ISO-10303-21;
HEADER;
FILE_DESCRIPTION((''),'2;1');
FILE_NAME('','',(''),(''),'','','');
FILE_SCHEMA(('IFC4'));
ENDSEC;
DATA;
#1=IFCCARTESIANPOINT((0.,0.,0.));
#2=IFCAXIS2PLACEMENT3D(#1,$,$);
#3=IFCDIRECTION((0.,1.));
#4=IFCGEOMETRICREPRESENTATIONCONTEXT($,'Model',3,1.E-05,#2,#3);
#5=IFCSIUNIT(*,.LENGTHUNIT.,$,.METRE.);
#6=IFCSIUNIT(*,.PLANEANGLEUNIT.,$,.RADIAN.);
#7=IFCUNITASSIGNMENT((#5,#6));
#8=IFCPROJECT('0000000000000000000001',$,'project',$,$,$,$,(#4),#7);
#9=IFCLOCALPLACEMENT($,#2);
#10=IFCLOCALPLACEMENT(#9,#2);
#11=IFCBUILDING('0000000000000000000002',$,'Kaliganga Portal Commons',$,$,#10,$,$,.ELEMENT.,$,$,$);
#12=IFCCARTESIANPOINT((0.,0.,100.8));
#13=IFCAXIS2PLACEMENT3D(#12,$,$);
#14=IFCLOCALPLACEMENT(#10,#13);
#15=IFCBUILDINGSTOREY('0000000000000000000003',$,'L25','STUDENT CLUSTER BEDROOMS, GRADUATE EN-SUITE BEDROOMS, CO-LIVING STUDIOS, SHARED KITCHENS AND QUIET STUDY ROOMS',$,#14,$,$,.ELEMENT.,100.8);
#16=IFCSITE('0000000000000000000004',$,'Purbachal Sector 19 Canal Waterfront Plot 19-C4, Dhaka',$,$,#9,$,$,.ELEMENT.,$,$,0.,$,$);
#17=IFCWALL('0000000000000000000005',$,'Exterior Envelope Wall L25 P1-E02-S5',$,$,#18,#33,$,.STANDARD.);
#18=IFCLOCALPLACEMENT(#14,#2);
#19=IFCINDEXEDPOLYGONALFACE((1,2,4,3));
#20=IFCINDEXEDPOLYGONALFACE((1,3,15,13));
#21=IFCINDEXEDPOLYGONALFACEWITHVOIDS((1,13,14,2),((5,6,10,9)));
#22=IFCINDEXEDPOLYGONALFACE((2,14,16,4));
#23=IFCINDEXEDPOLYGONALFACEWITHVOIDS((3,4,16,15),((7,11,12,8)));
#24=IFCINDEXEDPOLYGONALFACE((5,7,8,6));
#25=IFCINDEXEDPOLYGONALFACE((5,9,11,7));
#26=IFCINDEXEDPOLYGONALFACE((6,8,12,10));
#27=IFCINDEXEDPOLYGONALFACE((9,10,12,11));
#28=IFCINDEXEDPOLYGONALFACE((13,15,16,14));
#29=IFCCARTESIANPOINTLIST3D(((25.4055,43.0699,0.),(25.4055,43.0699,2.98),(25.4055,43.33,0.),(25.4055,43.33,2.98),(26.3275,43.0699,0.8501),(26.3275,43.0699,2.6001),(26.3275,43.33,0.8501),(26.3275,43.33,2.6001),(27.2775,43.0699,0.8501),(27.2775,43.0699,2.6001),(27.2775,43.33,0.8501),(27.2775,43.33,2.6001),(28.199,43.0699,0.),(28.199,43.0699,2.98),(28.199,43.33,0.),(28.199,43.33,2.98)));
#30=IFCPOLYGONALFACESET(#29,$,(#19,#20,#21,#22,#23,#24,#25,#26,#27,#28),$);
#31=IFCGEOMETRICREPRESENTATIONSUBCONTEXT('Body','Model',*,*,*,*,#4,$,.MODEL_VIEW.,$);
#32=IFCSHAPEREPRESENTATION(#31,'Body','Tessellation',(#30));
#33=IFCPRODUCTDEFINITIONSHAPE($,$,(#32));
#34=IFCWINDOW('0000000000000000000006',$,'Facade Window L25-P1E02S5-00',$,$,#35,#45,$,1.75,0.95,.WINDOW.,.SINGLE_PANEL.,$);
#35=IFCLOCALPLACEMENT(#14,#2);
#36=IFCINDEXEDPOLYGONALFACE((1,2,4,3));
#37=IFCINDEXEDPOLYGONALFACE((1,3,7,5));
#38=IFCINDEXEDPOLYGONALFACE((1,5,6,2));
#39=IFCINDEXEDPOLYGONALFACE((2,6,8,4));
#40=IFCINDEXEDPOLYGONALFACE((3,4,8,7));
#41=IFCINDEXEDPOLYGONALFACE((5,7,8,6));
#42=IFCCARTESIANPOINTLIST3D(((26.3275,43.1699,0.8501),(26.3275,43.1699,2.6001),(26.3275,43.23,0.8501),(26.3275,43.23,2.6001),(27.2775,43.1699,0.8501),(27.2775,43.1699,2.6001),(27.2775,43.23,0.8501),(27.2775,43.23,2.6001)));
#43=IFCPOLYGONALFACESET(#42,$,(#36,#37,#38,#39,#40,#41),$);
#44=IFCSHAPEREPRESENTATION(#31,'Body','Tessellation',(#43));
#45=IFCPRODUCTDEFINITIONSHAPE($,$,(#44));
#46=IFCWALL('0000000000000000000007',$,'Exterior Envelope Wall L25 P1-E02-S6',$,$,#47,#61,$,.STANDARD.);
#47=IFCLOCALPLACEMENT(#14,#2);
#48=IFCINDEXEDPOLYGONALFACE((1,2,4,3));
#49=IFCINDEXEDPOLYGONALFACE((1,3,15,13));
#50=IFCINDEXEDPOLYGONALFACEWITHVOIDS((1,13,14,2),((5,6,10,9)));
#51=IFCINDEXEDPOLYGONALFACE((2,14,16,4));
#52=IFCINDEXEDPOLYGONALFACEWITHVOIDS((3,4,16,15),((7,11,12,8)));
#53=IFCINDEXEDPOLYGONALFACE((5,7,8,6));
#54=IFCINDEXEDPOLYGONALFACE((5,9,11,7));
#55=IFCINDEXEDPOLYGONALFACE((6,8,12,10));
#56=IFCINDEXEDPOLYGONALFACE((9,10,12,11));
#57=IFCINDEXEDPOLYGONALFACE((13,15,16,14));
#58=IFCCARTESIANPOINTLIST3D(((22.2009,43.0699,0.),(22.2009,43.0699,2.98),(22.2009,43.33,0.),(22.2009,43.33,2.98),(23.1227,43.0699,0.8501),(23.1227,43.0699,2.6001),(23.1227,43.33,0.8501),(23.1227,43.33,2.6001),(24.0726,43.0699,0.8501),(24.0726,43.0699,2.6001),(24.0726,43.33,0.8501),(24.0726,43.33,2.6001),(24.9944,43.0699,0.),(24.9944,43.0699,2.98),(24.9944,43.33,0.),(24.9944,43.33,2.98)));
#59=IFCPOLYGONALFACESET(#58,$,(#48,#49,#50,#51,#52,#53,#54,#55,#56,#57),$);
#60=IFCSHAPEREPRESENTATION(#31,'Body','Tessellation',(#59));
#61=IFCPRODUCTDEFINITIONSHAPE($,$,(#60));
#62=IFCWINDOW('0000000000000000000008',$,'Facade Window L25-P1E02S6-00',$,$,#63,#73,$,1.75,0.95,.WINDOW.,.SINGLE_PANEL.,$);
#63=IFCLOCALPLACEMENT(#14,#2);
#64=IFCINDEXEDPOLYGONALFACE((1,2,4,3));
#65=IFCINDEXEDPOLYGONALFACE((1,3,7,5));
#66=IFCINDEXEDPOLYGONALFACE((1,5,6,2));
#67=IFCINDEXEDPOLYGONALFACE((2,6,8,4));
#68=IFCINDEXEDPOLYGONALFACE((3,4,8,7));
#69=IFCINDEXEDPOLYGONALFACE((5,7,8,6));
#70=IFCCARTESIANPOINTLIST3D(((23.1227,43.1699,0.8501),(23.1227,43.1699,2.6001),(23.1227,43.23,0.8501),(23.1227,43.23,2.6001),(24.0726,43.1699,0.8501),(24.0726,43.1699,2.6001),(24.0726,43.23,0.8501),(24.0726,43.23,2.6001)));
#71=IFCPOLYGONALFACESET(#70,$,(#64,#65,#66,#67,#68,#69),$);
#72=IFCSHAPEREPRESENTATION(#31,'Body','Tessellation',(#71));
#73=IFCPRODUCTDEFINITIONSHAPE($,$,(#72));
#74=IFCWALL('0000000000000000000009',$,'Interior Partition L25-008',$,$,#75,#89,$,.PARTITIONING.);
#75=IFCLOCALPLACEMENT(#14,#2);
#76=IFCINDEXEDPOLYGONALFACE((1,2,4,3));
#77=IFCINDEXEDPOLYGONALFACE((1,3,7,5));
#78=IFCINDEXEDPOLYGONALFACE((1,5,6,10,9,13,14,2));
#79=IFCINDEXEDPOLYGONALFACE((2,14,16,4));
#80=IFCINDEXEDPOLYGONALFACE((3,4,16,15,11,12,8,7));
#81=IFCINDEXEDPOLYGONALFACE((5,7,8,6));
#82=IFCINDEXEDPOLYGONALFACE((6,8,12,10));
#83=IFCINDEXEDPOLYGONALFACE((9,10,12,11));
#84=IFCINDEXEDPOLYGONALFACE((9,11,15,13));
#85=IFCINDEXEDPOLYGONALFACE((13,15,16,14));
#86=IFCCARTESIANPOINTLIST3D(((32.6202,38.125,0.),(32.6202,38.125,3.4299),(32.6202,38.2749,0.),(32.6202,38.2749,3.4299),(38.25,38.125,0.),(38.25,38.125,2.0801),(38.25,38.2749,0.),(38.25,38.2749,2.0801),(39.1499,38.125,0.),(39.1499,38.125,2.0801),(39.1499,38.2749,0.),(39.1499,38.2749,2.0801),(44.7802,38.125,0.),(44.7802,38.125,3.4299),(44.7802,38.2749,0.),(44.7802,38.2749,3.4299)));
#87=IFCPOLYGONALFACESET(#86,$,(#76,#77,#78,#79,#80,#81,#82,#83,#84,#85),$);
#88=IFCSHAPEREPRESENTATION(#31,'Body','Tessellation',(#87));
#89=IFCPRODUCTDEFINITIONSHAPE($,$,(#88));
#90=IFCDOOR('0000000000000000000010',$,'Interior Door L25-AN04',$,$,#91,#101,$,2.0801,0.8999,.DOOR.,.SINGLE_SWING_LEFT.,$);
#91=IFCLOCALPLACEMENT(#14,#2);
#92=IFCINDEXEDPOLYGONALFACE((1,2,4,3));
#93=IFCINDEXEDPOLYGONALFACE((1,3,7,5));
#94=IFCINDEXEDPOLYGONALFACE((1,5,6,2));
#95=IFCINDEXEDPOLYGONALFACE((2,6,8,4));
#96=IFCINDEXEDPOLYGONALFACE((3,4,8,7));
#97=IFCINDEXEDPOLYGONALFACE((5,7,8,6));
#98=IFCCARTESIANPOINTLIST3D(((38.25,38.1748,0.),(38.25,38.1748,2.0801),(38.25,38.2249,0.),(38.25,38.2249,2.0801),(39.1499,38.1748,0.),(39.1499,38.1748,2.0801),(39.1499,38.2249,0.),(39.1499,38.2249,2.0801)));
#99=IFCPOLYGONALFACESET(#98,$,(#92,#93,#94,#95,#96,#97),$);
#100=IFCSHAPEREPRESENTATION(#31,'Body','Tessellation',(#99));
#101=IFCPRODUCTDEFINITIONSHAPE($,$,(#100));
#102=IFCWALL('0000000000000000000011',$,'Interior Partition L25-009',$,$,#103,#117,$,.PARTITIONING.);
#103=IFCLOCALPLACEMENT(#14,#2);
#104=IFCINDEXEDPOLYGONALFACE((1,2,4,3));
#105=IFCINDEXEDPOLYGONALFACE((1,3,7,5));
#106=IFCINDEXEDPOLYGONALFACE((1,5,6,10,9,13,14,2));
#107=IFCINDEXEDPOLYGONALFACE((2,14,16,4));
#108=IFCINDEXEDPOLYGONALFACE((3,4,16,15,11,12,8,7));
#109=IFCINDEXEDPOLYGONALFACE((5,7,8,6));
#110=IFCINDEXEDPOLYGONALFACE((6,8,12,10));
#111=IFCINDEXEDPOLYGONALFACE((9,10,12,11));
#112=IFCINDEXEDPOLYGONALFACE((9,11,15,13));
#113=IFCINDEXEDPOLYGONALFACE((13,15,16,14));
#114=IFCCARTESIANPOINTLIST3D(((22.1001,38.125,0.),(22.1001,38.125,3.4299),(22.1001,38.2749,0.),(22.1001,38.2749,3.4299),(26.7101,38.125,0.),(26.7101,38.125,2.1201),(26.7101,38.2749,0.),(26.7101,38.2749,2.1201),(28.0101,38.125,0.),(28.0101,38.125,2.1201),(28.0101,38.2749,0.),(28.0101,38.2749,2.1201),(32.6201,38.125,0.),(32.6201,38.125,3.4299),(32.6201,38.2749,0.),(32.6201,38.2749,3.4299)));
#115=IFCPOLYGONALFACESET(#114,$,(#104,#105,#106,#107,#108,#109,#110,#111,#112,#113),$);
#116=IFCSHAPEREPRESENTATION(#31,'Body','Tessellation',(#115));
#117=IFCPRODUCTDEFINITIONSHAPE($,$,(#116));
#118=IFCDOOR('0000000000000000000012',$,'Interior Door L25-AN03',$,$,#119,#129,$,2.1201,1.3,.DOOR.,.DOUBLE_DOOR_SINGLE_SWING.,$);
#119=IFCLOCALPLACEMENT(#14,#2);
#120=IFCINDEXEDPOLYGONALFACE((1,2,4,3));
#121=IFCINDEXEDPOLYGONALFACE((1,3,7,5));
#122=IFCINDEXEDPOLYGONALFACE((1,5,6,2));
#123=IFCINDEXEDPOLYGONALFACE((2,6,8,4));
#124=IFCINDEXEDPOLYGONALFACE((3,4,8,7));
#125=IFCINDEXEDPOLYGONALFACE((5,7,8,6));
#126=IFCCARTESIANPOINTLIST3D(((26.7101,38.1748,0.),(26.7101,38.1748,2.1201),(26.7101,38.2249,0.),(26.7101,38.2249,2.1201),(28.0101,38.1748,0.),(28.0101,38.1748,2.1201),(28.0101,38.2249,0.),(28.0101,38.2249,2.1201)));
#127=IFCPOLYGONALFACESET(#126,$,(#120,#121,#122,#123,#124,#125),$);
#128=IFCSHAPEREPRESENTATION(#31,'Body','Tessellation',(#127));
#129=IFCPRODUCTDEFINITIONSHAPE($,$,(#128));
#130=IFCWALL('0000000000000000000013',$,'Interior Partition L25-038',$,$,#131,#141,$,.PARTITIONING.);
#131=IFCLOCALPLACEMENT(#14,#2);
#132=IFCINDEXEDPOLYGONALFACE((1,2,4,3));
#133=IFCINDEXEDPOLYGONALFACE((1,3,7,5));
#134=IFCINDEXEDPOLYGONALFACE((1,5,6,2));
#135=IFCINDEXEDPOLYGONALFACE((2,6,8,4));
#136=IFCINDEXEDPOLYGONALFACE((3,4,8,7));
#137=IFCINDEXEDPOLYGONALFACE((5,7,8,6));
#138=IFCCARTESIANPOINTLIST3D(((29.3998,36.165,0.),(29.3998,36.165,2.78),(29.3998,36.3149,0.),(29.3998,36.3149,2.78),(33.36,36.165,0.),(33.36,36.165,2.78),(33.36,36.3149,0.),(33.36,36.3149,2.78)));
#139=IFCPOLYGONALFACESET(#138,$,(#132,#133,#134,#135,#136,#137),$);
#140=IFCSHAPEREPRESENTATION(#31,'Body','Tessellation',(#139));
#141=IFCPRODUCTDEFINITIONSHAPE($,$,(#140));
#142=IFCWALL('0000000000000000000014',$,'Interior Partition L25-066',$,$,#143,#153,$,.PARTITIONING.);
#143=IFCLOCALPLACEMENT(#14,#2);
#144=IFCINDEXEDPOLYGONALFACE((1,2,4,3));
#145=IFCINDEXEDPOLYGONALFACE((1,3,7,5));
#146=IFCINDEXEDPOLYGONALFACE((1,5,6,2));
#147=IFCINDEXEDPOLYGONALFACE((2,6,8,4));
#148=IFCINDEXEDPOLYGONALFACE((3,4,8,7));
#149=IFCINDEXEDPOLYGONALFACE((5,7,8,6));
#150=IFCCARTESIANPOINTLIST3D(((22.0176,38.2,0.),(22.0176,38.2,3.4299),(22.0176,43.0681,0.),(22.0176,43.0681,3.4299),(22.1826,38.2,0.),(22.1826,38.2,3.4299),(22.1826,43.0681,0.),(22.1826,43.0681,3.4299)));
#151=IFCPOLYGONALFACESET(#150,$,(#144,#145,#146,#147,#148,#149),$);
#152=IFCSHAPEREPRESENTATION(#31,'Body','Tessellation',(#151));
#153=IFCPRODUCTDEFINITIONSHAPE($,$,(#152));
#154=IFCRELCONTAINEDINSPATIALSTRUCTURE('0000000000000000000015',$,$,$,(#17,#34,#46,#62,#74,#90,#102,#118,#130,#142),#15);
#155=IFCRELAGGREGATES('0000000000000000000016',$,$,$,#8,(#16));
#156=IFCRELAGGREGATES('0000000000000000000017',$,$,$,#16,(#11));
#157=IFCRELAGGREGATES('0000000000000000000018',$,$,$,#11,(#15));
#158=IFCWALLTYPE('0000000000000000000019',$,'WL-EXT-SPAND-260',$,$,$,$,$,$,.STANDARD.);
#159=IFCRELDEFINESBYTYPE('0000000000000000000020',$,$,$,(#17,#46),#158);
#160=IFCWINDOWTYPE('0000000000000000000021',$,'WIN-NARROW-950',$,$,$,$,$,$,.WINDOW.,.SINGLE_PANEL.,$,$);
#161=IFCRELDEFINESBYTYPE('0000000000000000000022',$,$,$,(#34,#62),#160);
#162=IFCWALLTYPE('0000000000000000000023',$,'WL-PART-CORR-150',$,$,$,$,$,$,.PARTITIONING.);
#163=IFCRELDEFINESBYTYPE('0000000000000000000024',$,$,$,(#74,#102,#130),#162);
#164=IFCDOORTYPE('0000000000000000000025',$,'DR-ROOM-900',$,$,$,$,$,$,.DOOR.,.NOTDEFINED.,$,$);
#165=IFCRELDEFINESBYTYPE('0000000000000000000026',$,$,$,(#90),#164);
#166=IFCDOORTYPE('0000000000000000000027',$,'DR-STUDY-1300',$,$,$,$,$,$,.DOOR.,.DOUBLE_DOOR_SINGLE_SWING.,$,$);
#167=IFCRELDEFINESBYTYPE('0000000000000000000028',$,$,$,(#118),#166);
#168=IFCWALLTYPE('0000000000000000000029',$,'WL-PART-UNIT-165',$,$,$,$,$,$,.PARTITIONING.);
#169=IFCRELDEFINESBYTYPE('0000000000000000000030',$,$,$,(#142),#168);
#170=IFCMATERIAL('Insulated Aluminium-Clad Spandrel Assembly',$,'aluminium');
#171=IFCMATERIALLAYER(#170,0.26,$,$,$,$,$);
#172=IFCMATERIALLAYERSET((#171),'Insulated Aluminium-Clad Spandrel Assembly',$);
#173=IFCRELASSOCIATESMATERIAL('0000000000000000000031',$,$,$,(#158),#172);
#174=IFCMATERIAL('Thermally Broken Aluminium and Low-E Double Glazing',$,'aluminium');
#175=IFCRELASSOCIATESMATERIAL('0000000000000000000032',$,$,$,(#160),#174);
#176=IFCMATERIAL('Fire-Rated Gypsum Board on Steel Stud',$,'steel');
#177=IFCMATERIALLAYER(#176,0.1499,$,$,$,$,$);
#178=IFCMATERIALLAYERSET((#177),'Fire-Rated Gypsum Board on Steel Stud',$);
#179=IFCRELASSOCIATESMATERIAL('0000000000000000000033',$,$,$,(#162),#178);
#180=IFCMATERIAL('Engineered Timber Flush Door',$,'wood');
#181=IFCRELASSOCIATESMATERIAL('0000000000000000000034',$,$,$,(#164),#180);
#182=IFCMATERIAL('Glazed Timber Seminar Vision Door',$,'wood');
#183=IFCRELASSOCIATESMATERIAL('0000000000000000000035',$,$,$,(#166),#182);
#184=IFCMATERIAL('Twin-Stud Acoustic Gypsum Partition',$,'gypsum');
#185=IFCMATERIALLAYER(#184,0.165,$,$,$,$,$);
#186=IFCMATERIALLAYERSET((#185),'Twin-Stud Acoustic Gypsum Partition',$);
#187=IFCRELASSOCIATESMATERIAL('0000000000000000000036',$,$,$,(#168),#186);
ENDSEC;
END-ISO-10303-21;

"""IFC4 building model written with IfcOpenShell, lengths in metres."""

from ifc_helpers import new_model, si_unit, direction, frame, frame_2d, origin, place, context, subcontext, project, spatial, rectangle, extrude, material, layer, layer_set, type_object, element, fill, save


model = new_model("IFC4")

# Units and contexts
model_context = context("Model", 3, precision=1e-05, world=origin(), true_north=direction((0.0, 1.0)))
body_context = subcontext(model_context, "Body", "Model", "MODEL_VIEW")
ifc_project = project(units=[si_unit("LENGTHUNIT", "METRE"), si_unit("PLANEANGLEUNIT", "RADIAN")], contexts=[model_context])

# Site, building, storey
site_placement = place(None, origin())
site = spatial("IfcSite", under=ifc_project, at=site_placement, Name="Purbachal Sector 19 Canal Waterfront Plot 19-C4, Dhaka", CompositionType="ELEMENT", RefElevation=0.0)
building_placement = place(site_placement, origin())
building = spatial("IfcBuilding", under=site, at=building_placement, Name="Kaliganga Portal Commons", CompositionType="ELEMENT")
storey_placement = place(building_placement, frame((0.0, 0.0, 100.8)))
storey = spatial("IfcBuildingStorey", under=building, at=storey_placement, Name="L25", Description="STUDENT CLUSTER BEDROOMS, GRADUATE EN-SUITE BEDROOMS, CO-LIVING STUDIOS, SHARED KITCHENS AND QUIET STUDY ROOMS", CompositionType="ELEMENT", Elevation=100.8)

# Walls, openings, windows
ifc_material_1 = material(Name="Insulated Aluminium-Clad Spandrel Assembly", Category="aluminium")
ifc_layer_1 = layer(ifc_material_1, 0.26)
ifc_layer_set_1 = layer_set([ifc_layer_1], Name="Insulated Aluminium-Clad Spandrel Assembly")
wall_type_1 = type_object("IfcWallType", Name="WL-EXT-SPAND-260", PredefinedType="STANDARD", material=ifc_layer_set_1)
ifc_material_2 = material(Name="Thermally Broken Aluminium and Low-E Double Glazing", Category="aluminium")
window_type = type_object("IfcWindowType", Name="WIN-NARROW-950", PartitioningType="SINGLE_PANEL", PredefinedType="WINDOW", material=ifc_material_2)
wall_1_placement = place(storey_placement, frame((25.4055, 43.2, 0.0), z_axis=(0.0, 0.0, 1.0), x_axis=(1.0, 0.0, 0.0)))
wall_1 = element("IfcWall", 1, at=wall_1_placement, inside=storey, type_object=wall_type_1, Name="Exterior Envelope Wall L25 P1-E02-S5", PredefinedType="STANDARD", context=body_context, shape_type="SweptSolid", body=[
    extrude(rectangle(XDim=2.7935, YDim=0.26, at=frame_2d((1.3967, 0.0))), origin(), (0.0, 0.0, 1.0), 2.98),
])
opening_1_placement = place(wall_1_placement, frame((0.9219, 0.0, 0.8501)))
opening_1 = element("IfcOpeningElement", 2, at=opening_1_placement, cuts=wall_1, PredefinedType="OPENING", context=body_context, shape_type="SweptSolid", body=[
    extrude(rectangle(XDim=0.95, YDim=1.75, at=frame_2d((0.4751, 0.875))), frame((0.0, 0.1401, 0.0), z_axis=(0.0, -1.0, 0.0), x_axis=(1.0, 0.0, 0.0)), (0.0, 0.0, 1.0), 0.28),
])
window_1_placement = place(opening_1_placement, origin())
window_1 = element("IfcWindow", 3, at=window_1_placement, inside=storey, type_object=window_type, Name="Facade Window L25-P1E02S5-00", OverallHeight=1.75, OverallWidth=0.95, PartitioningType="SINGLE_PANEL", PredefinedType="WINDOW", context=body_context, shape_type="SweptSolid", body=[
    extrude(rectangle(XDim=0.95, YDim=1.75, at=frame_2d((0.4751, 0.875))), frame((0.0, 0.03, 0.0), z_axis=(0.0, -1.0, 0.0), x_axis=(1.0, 0.0, 0.0)), (0.0, 0.0, 1.0), 0.0601),
])
fill(opening_1, window_1)
wall_2_placement = place(storey_placement, frame((22.2009, 43.2, 0.0), z_axis=(0.0, 0.0, 1.0), x_axis=(1.0, 0.0, 0.0)))
wall_2 = element("IfcWall", 4, at=wall_2_placement, inside=storey, type_object=wall_type_1, Name="Exterior Envelope Wall L25 P1-E02-S6", PredefinedType="STANDARD", context=body_context, shape_type="SweptSolid", body=[
    extrude(rectangle(XDim=2.7935, YDim=0.26, at=frame_2d((1.3967, 0.0))), origin(), (0.0, 0.0, 1.0), 2.98),
])
opening_2_placement = place(wall_2_placement, frame((0.9216, 0.0, 0.8501)))
opening_2 = element("IfcOpeningElement", 5, at=opening_2_placement, cuts=wall_2, PredefinedType="OPENING", context=body_context, shape_type="SweptSolid", body=[
    extrude(rectangle(XDim=0.95, YDim=1.75, at=frame_2d((0.4751, 0.875))), frame((0.0, 0.1401, 0.0), z_axis=(0.0, -1.0, 0.0), x_axis=(1.0, 0.0, 0.0)), (0.0, 0.0, 1.0), 0.28),
])
window_2_placement = place(opening_2_placement, origin())
window_2 = element("IfcWindow", 6, at=window_2_placement, inside=storey, type_object=window_type, Name="Facade Window L25-P1E02S6-00", OverallHeight=1.75, OverallWidth=0.95, PartitioningType="SINGLE_PANEL", PredefinedType="WINDOW", context=body_context, shape_type="SweptSolid", body=[
    extrude(rectangle(XDim=0.95, YDim=1.75, at=frame_2d((0.4751, 0.875))), frame((0.0, 0.03, 0.0), z_axis=(0.0, -1.0, 0.0), x_axis=(1.0, 0.0, 0.0)), (0.0, 0.0, 1.0), 0.0601),
])
fill(opening_2, window_2)

# Walls, openings, doors
ifc_material_3 = material(Name="Fire-Rated Gypsum Board on Steel Stud", Category="steel")
ifc_layer_2 = layer(ifc_material_3, 0.1499)
ifc_layer_set_2 = layer_set([ifc_layer_2], Name="Fire-Rated Gypsum Board on Steel Stud")
wall_type_2 = type_object("IfcWallType", Name="WL-PART-CORR-150", PredefinedType="PARTITIONING", material=ifc_layer_set_2)
wall_3_placement = place(storey_placement, frame((32.6201, 38.2, 0.0), z_axis=(0.0, 0.0, 1.0), x_axis=(1.0, 0.0, 0.0)))
wall_3 = element("IfcWall", 7, at=wall_3_placement, inside=storey, type_object=wall_type_2, Name="Interior Partition L25-008", PredefinedType="PARTITIONING", context=body_context, shape_type="SweptSolid", body=[
    extrude(rectangle(XDim=12.1599, YDim=0.1499, at=frame_2d((6.0801, 0.0))), origin(), (0.0, 0.0, 1.0), 3.4299),
])
opening_3_placement = place(wall_3_placement, frame((5.6299, 0.0, 0.0)))
opening_3 = element("IfcOpeningElement", 8, at=opening_3_placement, cuts=wall_3, PredefinedType="OPENING", context=body_context, shape_type="SweptSolid", body=[
    extrude(rectangle(XDim=0.8999, YDim=2.0801, at=frame_2d((0.45, 1.04))), frame((0.0, 0.085, 0.0), z_axis=(0.0, -1.0, 0.0), x_axis=(1.0, 0.0, 0.0)), (0.0, 0.0, 1.0), 0.1699),
])
ifc_material_4 = material(Name="Engineered Timber Flush Door", Category="wood")
door_type_1 = type_object("IfcDoorType", Name="DR-ROOM-900", OperationType="NOTDEFINED", PredefinedType="DOOR", material=ifc_material_4)
door_1_placement = place(opening_3_placement, origin())
door_1 = element("IfcDoor", 9, at=door_1_placement, inside=storey, type_object=door_type_1, Name="Interior Door L25-AN04", OperationType="SINGLE_SWING_LEFT", OverallHeight=2.0801, OverallWidth=0.8999, PredefinedType="DOOR", context=body_context, shape_type="SweptSolid", body=[
    extrude(rectangle(XDim=0.8999, YDim=2.0801, at=frame_2d((0.45, 1.04))), frame((0.0, 0.0249, 0.0), z_axis=(0.0, -1.0, 0.0), x_axis=(1.0, 0.0, 0.0)), (0.0, 0.0, 1.0), 0.05),
])
fill(opening_3, door_1)
wall_4_placement = place(storey_placement, frame((22.1001, 38.2, 0.0), z_axis=(0.0, 0.0, 1.0), x_axis=(1.0, 0.0, 0.0)))
wall_4 = element("IfcWall", 10, at=wall_4_placement, inside=storey, type_object=wall_type_2, Name="Interior Partition L25-009", PredefinedType="PARTITIONING", context=body_context, shape_type="SweptSolid", body=[
    extrude(rectangle(XDim=10.52, YDim=0.1499, at=frame_2d((5.26, 0.0))), origin(), (0.0, 0.0, 1.0), 3.4299),
])
opening_4_placement = place(wall_4_placement, frame((4.6101, 0.0, 0.0)))
opening_4 = element("IfcOpeningElement", 11, at=opening_4_placement, cuts=wall_4, PredefinedType="OPENING", context=body_context, shape_type="SweptSolid", body=[
    extrude(rectangle(XDim=1.3, YDim=2.1201, at=frame_2d((0.6499, 1.0601))), frame((0.0, 0.085, 0.0), z_axis=(0.0, -1.0, 0.0), x_axis=(1.0, 0.0, 0.0)), (0.0, 0.0, 1.0), 0.1699),
])
ifc_material_5 = material(Name="Glazed Timber Seminar Vision Door", Category="wood")
door_type_2 = type_object("IfcDoorType", Name="DR-STUDY-1300", OperationType="DOUBLE_DOOR_SINGLE_SWING", PredefinedType="DOOR", material=ifc_material_5)
door_2_placement = place(opening_4_placement, origin())
door_2 = element("IfcDoor", 12, at=door_2_placement, inside=storey, type_object=door_type_2, Name="Interior Door L25-AN03", OperationType="DOUBLE_DOOR_SINGLE_SWING", OverallHeight=2.1201, OverallWidth=1.3, PredefinedType="DOOR", context=body_context, shape_type="SweptSolid", body=[
    extrude(rectangle(XDim=1.3, YDim=2.1201, at=frame_2d((0.6499, 1.0601))), frame((0.0, 0.0249, 0.0), z_axis=(0.0, -1.0, 0.0), x_axis=(1.0, 0.0, 0.0)), (0.0, 0.0, 1.0), 0.05),
])
fill(opening_4, door_2)

# Walls
wall_5_placement = place(storey_placement, frame((29.3999, 36.24, 0.0), z_axis=(0.0, 0.0, 1.0), x_axis=(1.0, 0.0, 0.0)))
element("IfcWall", 13, at=wall_5_placement, inside=storey, type_object=wall_type_2, Name="Interior Partition L25-038", PredefinedType="PARTITIONING", context=body_context, shape_type="SweptSolid", body=[
    extrude(rectangle(XDim=3.9602, YDim=0.1499, at=frame_2d((1.98, 0.0))), origin(), (0.0, 0.0, 1.0), 2.78),
])
ifc_material_6 = material(Name="Twin-Stud Acoustic Gypsum Partition", Category="gypsum")
ifc_layer_3 = layer(ifc_material_6, 0.165)
ifc_layer_set_3 = layer_set([ifc_layer_3], Name="Twin-Stud Acoustic Gypsum Partition")
wall_type_3 = type_object("IfcWallType", Name="WL-PART-UNIT-165", PredefinedType="PARTITIONING", material=ifc_layer_set_3)
wall_6_placement = place(storey_placement, frame((22.1001, 38.2, 0.0), z_axis=(0.0, 0.0, 1.0), x_axis=(0.0, 1.0, 0.0)))
element("IfcWall", 14, at=wall_6_placement, inside=storey, type_object=wall_type_3, Name="Interior Partition L25-066", PredefinedType="PARTITIONING", context=body_context, shape_type="SweptSolid", body=[
    extrude(rectangle(XDim=4.8682, YDim=0.165, at=frame_2d((2.4341, 0.0))), origin(), (0.0, 0.0, 1.0), 3.4299),
])

save(model, "model.ifc")
